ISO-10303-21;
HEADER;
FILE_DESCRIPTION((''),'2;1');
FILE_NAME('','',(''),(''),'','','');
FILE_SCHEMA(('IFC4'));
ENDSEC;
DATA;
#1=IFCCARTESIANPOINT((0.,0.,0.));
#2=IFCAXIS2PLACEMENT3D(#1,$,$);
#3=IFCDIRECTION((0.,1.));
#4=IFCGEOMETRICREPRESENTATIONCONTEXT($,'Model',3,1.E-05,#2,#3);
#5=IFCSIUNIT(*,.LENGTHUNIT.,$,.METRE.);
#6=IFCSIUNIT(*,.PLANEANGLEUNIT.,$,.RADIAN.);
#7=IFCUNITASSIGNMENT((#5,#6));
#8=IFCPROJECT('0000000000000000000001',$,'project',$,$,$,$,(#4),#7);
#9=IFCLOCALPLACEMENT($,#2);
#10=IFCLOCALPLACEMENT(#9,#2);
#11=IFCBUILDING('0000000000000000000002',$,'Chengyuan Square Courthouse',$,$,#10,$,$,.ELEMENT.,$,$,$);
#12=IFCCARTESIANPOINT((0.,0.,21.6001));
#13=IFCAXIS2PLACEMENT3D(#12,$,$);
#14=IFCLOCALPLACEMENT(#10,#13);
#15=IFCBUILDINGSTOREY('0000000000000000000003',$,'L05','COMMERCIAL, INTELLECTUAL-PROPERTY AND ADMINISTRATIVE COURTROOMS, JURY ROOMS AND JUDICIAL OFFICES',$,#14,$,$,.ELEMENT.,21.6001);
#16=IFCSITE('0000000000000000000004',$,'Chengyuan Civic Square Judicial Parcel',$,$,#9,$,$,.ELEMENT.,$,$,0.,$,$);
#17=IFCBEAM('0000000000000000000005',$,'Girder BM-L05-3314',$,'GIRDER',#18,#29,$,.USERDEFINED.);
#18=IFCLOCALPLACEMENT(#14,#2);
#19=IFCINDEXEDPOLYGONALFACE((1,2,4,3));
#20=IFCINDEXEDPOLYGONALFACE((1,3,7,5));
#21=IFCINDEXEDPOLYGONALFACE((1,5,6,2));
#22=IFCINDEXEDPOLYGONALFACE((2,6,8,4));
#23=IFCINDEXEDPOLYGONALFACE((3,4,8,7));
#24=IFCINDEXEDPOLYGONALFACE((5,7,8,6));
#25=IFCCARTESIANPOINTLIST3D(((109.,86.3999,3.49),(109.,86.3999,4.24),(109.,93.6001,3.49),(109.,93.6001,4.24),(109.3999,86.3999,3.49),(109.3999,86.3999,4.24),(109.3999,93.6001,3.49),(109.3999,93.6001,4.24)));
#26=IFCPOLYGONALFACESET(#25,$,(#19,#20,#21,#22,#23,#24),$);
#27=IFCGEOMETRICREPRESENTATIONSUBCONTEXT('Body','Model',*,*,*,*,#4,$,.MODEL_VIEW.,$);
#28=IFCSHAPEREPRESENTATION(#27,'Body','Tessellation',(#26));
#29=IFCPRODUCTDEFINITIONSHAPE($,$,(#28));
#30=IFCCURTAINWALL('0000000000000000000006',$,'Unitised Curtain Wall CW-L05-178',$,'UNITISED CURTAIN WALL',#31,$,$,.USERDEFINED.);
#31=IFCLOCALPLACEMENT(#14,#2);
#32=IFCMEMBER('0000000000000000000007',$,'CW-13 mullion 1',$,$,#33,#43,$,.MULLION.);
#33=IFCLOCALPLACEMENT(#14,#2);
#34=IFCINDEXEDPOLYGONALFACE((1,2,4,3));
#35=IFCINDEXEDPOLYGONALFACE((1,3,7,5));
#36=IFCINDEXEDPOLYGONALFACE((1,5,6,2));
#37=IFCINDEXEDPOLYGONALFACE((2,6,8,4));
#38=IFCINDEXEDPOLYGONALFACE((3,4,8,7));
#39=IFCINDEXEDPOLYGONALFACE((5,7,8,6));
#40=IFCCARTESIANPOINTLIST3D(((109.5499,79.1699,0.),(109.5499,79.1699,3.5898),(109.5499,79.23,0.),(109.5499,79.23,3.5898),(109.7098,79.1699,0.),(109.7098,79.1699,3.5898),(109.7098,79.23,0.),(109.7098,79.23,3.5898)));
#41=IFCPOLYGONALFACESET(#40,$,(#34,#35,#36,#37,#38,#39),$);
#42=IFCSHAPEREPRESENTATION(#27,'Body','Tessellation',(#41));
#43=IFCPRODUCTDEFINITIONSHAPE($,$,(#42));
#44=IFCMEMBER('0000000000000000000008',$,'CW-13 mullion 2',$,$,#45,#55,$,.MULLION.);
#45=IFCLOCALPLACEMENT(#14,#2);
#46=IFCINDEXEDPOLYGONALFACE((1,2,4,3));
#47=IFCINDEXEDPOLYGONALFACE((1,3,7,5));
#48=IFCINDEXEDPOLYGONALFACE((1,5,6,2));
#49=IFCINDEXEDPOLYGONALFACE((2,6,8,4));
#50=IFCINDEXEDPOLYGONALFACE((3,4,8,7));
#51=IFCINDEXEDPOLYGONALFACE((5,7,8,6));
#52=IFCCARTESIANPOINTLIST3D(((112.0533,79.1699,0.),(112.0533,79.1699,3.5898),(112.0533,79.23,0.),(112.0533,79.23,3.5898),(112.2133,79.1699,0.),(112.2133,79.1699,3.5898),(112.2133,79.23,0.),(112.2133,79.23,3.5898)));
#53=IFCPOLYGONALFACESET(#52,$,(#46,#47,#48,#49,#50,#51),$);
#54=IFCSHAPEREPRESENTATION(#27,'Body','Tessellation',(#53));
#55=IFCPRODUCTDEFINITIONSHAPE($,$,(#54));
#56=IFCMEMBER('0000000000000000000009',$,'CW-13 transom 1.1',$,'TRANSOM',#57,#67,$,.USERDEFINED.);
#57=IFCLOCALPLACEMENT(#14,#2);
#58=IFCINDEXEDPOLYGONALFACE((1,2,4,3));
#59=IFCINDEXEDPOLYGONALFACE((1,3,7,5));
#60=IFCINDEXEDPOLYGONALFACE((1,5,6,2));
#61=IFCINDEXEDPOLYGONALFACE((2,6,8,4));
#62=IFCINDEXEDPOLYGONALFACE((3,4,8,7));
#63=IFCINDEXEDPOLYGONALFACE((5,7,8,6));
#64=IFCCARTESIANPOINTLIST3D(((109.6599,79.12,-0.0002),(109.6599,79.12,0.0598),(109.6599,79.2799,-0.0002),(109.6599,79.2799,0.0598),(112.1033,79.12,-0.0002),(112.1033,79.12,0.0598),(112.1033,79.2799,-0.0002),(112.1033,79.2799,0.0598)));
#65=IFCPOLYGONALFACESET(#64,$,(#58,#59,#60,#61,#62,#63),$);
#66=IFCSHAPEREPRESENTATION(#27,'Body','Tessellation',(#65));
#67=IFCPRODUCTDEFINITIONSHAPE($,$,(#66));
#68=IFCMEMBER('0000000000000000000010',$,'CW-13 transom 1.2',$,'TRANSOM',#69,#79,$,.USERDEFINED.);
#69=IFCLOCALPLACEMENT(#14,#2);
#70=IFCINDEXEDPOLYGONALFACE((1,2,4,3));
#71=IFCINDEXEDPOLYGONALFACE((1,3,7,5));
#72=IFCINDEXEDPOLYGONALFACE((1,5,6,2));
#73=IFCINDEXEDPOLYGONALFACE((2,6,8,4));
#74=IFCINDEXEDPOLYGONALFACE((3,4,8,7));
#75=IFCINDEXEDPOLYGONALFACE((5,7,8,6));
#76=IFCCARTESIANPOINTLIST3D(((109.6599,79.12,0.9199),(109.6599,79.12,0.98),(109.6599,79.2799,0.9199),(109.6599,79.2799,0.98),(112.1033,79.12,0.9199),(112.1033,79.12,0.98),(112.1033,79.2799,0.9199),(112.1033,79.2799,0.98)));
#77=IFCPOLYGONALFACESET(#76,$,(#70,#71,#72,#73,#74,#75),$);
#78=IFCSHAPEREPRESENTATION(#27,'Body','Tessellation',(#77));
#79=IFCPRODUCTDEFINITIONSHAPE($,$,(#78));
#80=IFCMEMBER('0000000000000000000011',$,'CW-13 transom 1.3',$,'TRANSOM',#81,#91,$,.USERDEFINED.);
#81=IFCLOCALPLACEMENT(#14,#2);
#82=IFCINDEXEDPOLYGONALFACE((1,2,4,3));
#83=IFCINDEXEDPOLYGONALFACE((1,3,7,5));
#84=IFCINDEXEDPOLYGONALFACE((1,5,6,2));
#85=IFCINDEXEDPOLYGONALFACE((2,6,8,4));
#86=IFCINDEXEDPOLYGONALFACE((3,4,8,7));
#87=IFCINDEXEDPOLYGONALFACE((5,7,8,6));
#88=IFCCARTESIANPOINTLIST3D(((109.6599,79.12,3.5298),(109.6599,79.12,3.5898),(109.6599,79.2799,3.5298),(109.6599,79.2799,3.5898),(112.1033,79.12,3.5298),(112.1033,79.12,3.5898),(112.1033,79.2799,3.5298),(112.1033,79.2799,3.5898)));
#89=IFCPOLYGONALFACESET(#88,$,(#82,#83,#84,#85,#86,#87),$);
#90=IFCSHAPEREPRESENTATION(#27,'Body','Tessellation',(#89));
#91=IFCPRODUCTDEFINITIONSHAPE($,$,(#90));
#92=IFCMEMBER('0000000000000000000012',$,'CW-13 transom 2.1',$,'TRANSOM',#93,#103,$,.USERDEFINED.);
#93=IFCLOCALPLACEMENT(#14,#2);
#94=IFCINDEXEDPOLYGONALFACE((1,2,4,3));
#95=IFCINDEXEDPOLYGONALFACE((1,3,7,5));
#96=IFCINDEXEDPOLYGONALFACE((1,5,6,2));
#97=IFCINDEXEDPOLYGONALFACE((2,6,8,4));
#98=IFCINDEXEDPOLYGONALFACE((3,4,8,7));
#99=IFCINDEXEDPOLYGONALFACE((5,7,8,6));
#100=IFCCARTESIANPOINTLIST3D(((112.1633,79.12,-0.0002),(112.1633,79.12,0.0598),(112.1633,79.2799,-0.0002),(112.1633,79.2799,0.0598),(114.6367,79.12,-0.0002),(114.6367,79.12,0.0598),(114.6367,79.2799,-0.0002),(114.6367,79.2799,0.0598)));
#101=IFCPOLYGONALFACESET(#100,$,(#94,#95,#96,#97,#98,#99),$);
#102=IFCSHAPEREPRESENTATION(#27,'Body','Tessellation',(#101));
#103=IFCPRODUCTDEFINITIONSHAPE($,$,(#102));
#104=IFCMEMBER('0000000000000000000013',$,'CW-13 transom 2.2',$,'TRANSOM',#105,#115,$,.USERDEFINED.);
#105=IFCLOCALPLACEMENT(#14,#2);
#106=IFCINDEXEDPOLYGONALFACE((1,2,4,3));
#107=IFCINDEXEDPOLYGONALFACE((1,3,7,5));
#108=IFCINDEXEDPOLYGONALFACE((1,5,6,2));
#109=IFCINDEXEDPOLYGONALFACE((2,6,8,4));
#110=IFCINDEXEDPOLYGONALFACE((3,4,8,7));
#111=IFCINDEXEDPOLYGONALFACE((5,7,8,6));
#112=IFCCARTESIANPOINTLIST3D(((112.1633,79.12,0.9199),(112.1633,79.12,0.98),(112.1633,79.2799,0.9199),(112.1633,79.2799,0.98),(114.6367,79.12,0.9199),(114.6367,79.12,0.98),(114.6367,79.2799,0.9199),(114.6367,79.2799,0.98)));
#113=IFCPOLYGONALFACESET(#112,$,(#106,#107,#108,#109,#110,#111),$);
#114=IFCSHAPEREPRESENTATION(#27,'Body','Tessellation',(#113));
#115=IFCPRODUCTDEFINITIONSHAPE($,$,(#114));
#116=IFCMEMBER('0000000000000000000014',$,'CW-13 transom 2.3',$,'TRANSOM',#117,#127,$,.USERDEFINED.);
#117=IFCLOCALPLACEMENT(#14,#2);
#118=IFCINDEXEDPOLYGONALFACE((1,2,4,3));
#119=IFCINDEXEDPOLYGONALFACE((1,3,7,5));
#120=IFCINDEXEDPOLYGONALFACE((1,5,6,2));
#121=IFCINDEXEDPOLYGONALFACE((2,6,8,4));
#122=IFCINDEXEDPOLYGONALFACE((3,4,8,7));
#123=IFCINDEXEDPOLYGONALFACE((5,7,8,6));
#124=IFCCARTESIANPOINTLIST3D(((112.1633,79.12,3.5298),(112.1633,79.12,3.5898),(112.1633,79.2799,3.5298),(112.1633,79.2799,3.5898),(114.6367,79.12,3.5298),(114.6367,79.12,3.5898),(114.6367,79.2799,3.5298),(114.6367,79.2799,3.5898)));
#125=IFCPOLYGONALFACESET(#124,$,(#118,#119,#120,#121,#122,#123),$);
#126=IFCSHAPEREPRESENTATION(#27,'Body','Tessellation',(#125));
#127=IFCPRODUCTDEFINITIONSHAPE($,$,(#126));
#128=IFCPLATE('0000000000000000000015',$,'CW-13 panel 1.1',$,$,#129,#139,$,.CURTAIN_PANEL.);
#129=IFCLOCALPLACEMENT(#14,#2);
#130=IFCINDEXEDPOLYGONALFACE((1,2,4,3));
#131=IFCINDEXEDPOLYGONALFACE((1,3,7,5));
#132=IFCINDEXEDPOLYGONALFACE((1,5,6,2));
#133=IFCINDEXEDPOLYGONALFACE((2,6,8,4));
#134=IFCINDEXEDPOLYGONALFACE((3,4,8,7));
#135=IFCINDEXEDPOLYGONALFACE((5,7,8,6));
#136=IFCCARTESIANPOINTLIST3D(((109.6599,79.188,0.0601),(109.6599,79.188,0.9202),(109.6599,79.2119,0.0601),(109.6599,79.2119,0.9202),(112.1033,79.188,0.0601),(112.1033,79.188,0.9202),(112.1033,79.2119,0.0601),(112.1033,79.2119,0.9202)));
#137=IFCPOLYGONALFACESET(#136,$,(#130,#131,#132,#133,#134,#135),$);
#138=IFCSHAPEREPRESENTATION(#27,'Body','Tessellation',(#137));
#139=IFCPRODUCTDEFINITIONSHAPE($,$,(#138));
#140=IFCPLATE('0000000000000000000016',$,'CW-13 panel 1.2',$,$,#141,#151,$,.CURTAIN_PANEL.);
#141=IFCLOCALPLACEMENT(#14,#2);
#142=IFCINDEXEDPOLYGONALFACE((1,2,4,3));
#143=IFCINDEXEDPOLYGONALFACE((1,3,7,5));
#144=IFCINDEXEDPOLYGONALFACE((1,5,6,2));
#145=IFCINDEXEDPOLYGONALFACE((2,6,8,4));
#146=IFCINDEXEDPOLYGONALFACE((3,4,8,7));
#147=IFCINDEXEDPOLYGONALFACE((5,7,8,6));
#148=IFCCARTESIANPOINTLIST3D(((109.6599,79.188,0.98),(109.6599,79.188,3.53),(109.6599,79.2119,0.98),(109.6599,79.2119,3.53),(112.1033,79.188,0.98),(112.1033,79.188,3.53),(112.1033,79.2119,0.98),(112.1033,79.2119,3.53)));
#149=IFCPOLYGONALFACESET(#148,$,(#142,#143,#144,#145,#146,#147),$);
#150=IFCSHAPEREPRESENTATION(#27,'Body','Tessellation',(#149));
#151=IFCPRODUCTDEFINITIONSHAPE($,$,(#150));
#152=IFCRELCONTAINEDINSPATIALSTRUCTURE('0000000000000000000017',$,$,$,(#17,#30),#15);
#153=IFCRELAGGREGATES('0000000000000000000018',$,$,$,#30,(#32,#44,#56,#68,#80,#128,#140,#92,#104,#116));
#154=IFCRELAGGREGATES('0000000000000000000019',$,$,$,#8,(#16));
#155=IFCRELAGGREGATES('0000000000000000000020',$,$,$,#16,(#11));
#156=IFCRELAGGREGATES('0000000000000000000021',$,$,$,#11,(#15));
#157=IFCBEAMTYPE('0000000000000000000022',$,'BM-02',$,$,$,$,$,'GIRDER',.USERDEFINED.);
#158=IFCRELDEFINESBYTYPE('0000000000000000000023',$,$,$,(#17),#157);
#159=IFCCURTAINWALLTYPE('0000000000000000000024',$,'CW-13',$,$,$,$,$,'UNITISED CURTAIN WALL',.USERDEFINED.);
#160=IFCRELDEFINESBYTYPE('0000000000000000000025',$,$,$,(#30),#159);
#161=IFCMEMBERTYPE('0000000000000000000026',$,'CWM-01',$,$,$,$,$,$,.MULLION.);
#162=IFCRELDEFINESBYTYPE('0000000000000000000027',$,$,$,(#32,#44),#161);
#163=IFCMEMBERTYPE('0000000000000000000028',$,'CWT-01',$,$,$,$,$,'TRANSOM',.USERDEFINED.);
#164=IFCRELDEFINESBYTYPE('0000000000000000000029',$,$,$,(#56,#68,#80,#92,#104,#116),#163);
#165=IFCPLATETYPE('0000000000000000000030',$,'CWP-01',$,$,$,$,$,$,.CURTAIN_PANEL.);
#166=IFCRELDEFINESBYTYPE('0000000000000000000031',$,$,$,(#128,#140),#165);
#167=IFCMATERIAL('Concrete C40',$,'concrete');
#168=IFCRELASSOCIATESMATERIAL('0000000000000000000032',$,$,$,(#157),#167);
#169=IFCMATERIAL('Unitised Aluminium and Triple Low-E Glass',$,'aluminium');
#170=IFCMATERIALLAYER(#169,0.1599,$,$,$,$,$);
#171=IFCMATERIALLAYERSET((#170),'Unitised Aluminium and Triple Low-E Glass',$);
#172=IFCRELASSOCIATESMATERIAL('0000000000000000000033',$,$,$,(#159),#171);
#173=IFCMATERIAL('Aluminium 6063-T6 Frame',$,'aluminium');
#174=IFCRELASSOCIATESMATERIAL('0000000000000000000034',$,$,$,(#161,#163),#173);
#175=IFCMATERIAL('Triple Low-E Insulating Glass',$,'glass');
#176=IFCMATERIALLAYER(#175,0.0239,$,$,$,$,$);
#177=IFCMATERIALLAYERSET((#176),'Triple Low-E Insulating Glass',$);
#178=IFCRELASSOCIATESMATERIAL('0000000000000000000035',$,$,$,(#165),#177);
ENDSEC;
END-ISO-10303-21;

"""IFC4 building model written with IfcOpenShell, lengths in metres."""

from ifc_helpers import new_model, si_unit, direction, frame, origin, origin_2d, place, context, subcontext, project, spatial, rectangle, extrude, material, layer, layer_set, material_profile, profile_set, type_object, element, aggregate, save


model = new_model("IFC4")

# Units and contexts
model_context = context("Model", 3, precision=1e-05, world=origin(), true_north=direction((0.0, 1.0)))
body_context = subcontext(model_context, "Body", "Model", "MODEL_VIEW")
ifc_project = project(units=[si_unit("LENGTHUNIT", "METRE"), si_unit("PLANEANGLEUNIT", "RADIAN")], contexts=[model_context])

# Site, building, storey
site_placement = place(None, origin())
site = spatial("IfcSite", under=ifc_project, at=site_placement, Name="Chengyuan Civic Square Judicial Parcel", CompositionType="ELEMENT", RefElevation=0.0)
building_placement = place(site_placement, origin())
building = spatial("IfcBuilding", under=site, at=building_placement, Name="Chengyuan Square Courthouse", CompositionType="ELEMENT")
storey_placement = place(building_placement, frame((0.0, 0.0, 21.6001)))
storey = spatial("IfcBuildingStorey", under=building, at=storey_placement, Name="L05", Description="COMMERCIAL, INTELLECTUAL-PROPERTY AND ADMINISTRATIVE COURTROOMS, JURY ROOMS AND JUDICIAL OFFICES", CompositionType="ELEMENT", Elevation=21.6001)

# Beam
ifc_material_1 = material(Name="Concrete C40", Category="concrete")
ifc_material_profile_1 = material_profile(ifc_material_1, rectangle(XDim=0.3999, YDim=0.75, at=origin_2d()), Name="RC-BM-400x750")
ifc_profile_set_1 = profile_set([ifc_material_profile_1], Name="Concrete C40")
beam_type = type_object("IfcBeamType", Name="BM-02", ElementType="GIRDER", PredefinedType="USERDEFINED", material=ifc_profile_set_1)
beam_placement = place(storey_placement, frame((109.2, 86.3999, 3.865), z_axis=(0.0, 1.0, 0.0), x_axis=(-1.0, 0.0, 0.0)))
element("IfcBeam", 1, at=beam_placement, inside=storey, type_object=beam_type, Name="Girder BM-L05-3314", ObjectType="GIRDER", PredefinedType="USERDEFINED", context=body_context, shape_type="SweptSolid", body=[
    extrude(rectangle(XDim=0.3999, YDim=0.75, at=origin_2d()), origin(), (0.0, 0.0, 1.0), 7.2002),
])

# Curtain wall, members, plates
ifc_material_2 = material(Name="Unitised Aluminium and Triple Low-E Glass", Category="aluminium")
ifc_layer_1 = layer(ifc_material_2, 0.1599)
ifc_layer_set_1 = layer_set([ifc_layer_1], Name="Unitised Aluminium and Triple Low-E Glass")
curtain_wall_type = type_object("IfcCurtainWallType", Name="CW-13", ElementType="UNITISED CURTAIN WALL", PredefinedType="USERDEFINED", material=ifc_layer_set_1)
curtain_wall_placement = place(storey_placement, origin())
curtain_wall = element("IfcCurtainWall", 2, at=curtain_wall_placement, inside=storey, type_object=curtain_wall_type, Name="Unitised Curtain Wall CW-L05-178", ObjectType="UNITISED CURTAIN WALL", PredefinedType="USERDEFINED")
ifc_material_3 = material(Name="Aluminium 6063-T6 Frame", Category="aluminium")
ifc_material_profile_2 = material_profile(ifc_material_3, rectangle(XDim=0.0601, YDim=0.1599, at=origin_2d()), Name="CW-MUL-60x160")
ifc_profile_set_2 = profile_set([ifc_material_profile_2], Name="Aluminium 6063-T6 Frame")
member_type_1 = type_object("IfcMemberType", Name="CWM-01", PredefinedType="MULLION", material=ifc_profile_set_2)
member_1_placement = place(storey_placement, frame((109.6299, 79.2, 0.0), z_axis=(0.0, 0.0, 1.0), x_axis=(0.0, 1.0, 0.0)))
member_1 = element("IfcMember", 3, at=member_1_placement, type_object=member_type_1, Name="CW-13 mullion 1", PredefinedType="MULLION", context=body_context, shape_type="SweptSolid", body=[
    extrude(rectangle(XDim=0.0601, YDim=0.1599, at=origin_2d()), origin(), (0.0, 0.0, 1.0), 3.5898),
])
member_2_placement = place(storey_placement, frame((112.1333, 79.2, 0.0), z_axis=(0.0, 0.0, 1.0), x_axis=(0.0, 1.0, 0.0)))
member_2 = element("IfcMember", 4, at=member_2_placement, type_object=member_type_1, Name="CW-13 mullion 2", PredefinedType="MULLION", context=body_context, shape_type="SweptSolid", body=[
    extrude(rectangle(XDim=0.0601, YDim=0.1599, at=origin_2d()), origin(), (0.0, 0.0, 1.0), 3.5898),
])
ifc_material_profile_3 = material_profile(ifc_material_3, rectangle(XDim=0.1599, YDim=0.0601, at=origin_2d()), Name="CW-TRN-60x120")
ifc_profile_set_3 = profile_set([ifc_material_profile_3], Name="Aluminium 6063-T6 Frame")
member_type_2 = type_object("IfcMemberType", Name="CWT-01", ElementType="TRANSOM", PredefinedType="USERDEFINED", material=ifc_profile_set_3)
member_3_placement = place(storey_placement, frame((109.6599, 79.2, 0.0298), z_axis=(1.0, 0.0, 0.0), x_axis=(0.0, 1.0, 0.0)))
member_3 = element("IfcMember", 5, at=member_3_placement, type_object=member_type_2, Name="CW-13 transom 1.1", ObjectType="TRANSOM", PredefinedType="USERDEFINED", context=body_context, shape_type="SweptSolid", body=[
    extrude(rectangle(XDim=0.1599, YDim=0.0601, at=origin_2d()), origin(), (0.0, 0.0, 1.0), 2.4434),
])
member_4_placement = place(storey_placement, frame((109.6599, 79.2, 0.95), z_axis=(1.0, 0.0, 0.0), x_axis=(0.0, 1.0, 0.0)))
member_4 = element("IfcMember", 6, at=member_4_placement, type_object=member_type_2, Name="CW-13 transom 1.2", ObjectType="TRANSOM", PredefinedType="USERDEFINED", context=body_context, shape_type="SweptSolid", body=[
    extrude(rectangle(XDim=0.1599, YDim=0.0601, at=origin_2d()), origin(), (0.0, 0.0, 1.0), 2.4434),
])
member_5_placement = place(storey_placement, frame((109.6599, 79.2, 3.5598), z_axis=(1.0, 0.0, 0.0), x_axis=(0.0, 1.0, 0.0)))
member_5 = element("IfcMember", 7, at=member_5_placement, type_object=member_type_2, Name="CW-13 transom 1.3", ObjectType="TRANSOM", PredefinedType="USERDEFINED", context=body_context, shape_type="SweptSolid", body=[
    extrude(rectangle(XDim=0.1599, YDim=0.0601, at=origin_2d()), origin(), (0.0, 0.0, 1.0), 2.4434),
])
member_6_placement = place(storey_placement, frame((112.1633, 79.2, 0.0298), z_axis=(1.0, 0.0, 0.0), x_axis=(0.0, 1.0, 0.0)))
member_6 = element("IfcMember", 8, at=member_6_placement, type_object=member_type_2, Name="CW-13 transom 2.1", ObjectType="TRANSOM", PredefinedType="USERDEFINED", context=body_context, shape_type="SweptSolid", body=[
    extrude(rectangle(XDim=0.1599, YDim=0.0601, at=origin_2d()), origin(), (0.0, 0.0, 1.0), 2.4734),
])
member_7_placement = place(storey_placement, frame((112.1633, 79.2, 0.95), z_axis=(1.0, 0.0, 0.0), x_axis=(0.0, 1.0, 0.0)))
member_7 = element("IfcMember", 9, at=member_7_placement, type_object=member_type_2, Name="CW-13 transom 2.2", ObjectType="TRANSOM", PredefinedType="USERDEFINED", context=body_context, shape_type="SweptSolid", body=[
    extrude(rectangle(XDim=0.1599, YDim=0.0601, at=origin_2d()), origin(), (0.0, 0.0, 1.0), 2.4734),
])
member_8_placement = place(storey_placement, frame((112.1633, 79.2, 3.5598), z_axis=(1.0, 0.0, 0.0), x_axis=(0.0, 1.0, 0.0)))
member_8 = element("IfcMember", 10, at=member_8_placement, type_object=member_type_2, Name="CW-13 transom 2.3", ObjectType="TRANSOM", PredefinedType="USERDEFINED", context=body_context, shape_type="SweptSolid", body=[
    extrude(rectangle(XDim=0.1599, YDim=0.0601, at=origin_2d()), origin(), (0.0, 0.0, 1.0), 2.4734),
])
ifc_material_4 = material(Name="Triple Low-E Insulating Glass", Category="glass")
ifc_layer_2 = layer(ifc_material_4, 0.0239)
ifc_layer_set_2 = layer_set([ifc_layer_2], Name="Triple Low-E Insulating Glass")
plate_type = type_object("IfcPlateType", Name="CWP-01", PredefinedType="CURTAIN_PANEL", material=ifc_layer_set_2)
plate_1_placement = place(storey_placement, frame((110.8816, 79.2, 0.0601), z_axis=(0.0, 0.0, 1.0), x_axis=(1.0, 0.0, 0.0)))
plate_1 = element("IfcPlate", 11, at=plate_1_placement, type_object=plate_type, Name="CW-13 panel 1.1", PredefinedType="CURTAIN_PANEL", context=body_context, shape_type="SweptSolid", body=[
    extrude(rectangle(XDim=2.4434, YDim=0.0239, at=origin_2d()), origin(), (0.0, 0.0, 1.0), 0.8601),
])
plate_2_placement = place(storey_placement, frame((110.8816, 79.2, 0.98), z_axis=(0.0, 0.0, 1.0), x_axis=(1.0, 0.0, 0.0)))
plate_2 = element("IfcPlate", 12, at=plate_2_placement, type_object=plate_type, Name="CW-13 panel 1.2", PredefinedType="CURTAIN_PANEL", context=body_context, shape_type="SweptSolid", body=[
    extrude(rectangle(XDim=2.4434, YDim=0.0239, at=origin_2d()), origin(), (0.0, 0.0, 1.0), 2.55),
])
aggregate(curtain_wall, [member_1, member_2, member_3, member_4, member_5, plate_1, plate_2, member_6, member_7, member_8])

save(model, "model.ifc")
